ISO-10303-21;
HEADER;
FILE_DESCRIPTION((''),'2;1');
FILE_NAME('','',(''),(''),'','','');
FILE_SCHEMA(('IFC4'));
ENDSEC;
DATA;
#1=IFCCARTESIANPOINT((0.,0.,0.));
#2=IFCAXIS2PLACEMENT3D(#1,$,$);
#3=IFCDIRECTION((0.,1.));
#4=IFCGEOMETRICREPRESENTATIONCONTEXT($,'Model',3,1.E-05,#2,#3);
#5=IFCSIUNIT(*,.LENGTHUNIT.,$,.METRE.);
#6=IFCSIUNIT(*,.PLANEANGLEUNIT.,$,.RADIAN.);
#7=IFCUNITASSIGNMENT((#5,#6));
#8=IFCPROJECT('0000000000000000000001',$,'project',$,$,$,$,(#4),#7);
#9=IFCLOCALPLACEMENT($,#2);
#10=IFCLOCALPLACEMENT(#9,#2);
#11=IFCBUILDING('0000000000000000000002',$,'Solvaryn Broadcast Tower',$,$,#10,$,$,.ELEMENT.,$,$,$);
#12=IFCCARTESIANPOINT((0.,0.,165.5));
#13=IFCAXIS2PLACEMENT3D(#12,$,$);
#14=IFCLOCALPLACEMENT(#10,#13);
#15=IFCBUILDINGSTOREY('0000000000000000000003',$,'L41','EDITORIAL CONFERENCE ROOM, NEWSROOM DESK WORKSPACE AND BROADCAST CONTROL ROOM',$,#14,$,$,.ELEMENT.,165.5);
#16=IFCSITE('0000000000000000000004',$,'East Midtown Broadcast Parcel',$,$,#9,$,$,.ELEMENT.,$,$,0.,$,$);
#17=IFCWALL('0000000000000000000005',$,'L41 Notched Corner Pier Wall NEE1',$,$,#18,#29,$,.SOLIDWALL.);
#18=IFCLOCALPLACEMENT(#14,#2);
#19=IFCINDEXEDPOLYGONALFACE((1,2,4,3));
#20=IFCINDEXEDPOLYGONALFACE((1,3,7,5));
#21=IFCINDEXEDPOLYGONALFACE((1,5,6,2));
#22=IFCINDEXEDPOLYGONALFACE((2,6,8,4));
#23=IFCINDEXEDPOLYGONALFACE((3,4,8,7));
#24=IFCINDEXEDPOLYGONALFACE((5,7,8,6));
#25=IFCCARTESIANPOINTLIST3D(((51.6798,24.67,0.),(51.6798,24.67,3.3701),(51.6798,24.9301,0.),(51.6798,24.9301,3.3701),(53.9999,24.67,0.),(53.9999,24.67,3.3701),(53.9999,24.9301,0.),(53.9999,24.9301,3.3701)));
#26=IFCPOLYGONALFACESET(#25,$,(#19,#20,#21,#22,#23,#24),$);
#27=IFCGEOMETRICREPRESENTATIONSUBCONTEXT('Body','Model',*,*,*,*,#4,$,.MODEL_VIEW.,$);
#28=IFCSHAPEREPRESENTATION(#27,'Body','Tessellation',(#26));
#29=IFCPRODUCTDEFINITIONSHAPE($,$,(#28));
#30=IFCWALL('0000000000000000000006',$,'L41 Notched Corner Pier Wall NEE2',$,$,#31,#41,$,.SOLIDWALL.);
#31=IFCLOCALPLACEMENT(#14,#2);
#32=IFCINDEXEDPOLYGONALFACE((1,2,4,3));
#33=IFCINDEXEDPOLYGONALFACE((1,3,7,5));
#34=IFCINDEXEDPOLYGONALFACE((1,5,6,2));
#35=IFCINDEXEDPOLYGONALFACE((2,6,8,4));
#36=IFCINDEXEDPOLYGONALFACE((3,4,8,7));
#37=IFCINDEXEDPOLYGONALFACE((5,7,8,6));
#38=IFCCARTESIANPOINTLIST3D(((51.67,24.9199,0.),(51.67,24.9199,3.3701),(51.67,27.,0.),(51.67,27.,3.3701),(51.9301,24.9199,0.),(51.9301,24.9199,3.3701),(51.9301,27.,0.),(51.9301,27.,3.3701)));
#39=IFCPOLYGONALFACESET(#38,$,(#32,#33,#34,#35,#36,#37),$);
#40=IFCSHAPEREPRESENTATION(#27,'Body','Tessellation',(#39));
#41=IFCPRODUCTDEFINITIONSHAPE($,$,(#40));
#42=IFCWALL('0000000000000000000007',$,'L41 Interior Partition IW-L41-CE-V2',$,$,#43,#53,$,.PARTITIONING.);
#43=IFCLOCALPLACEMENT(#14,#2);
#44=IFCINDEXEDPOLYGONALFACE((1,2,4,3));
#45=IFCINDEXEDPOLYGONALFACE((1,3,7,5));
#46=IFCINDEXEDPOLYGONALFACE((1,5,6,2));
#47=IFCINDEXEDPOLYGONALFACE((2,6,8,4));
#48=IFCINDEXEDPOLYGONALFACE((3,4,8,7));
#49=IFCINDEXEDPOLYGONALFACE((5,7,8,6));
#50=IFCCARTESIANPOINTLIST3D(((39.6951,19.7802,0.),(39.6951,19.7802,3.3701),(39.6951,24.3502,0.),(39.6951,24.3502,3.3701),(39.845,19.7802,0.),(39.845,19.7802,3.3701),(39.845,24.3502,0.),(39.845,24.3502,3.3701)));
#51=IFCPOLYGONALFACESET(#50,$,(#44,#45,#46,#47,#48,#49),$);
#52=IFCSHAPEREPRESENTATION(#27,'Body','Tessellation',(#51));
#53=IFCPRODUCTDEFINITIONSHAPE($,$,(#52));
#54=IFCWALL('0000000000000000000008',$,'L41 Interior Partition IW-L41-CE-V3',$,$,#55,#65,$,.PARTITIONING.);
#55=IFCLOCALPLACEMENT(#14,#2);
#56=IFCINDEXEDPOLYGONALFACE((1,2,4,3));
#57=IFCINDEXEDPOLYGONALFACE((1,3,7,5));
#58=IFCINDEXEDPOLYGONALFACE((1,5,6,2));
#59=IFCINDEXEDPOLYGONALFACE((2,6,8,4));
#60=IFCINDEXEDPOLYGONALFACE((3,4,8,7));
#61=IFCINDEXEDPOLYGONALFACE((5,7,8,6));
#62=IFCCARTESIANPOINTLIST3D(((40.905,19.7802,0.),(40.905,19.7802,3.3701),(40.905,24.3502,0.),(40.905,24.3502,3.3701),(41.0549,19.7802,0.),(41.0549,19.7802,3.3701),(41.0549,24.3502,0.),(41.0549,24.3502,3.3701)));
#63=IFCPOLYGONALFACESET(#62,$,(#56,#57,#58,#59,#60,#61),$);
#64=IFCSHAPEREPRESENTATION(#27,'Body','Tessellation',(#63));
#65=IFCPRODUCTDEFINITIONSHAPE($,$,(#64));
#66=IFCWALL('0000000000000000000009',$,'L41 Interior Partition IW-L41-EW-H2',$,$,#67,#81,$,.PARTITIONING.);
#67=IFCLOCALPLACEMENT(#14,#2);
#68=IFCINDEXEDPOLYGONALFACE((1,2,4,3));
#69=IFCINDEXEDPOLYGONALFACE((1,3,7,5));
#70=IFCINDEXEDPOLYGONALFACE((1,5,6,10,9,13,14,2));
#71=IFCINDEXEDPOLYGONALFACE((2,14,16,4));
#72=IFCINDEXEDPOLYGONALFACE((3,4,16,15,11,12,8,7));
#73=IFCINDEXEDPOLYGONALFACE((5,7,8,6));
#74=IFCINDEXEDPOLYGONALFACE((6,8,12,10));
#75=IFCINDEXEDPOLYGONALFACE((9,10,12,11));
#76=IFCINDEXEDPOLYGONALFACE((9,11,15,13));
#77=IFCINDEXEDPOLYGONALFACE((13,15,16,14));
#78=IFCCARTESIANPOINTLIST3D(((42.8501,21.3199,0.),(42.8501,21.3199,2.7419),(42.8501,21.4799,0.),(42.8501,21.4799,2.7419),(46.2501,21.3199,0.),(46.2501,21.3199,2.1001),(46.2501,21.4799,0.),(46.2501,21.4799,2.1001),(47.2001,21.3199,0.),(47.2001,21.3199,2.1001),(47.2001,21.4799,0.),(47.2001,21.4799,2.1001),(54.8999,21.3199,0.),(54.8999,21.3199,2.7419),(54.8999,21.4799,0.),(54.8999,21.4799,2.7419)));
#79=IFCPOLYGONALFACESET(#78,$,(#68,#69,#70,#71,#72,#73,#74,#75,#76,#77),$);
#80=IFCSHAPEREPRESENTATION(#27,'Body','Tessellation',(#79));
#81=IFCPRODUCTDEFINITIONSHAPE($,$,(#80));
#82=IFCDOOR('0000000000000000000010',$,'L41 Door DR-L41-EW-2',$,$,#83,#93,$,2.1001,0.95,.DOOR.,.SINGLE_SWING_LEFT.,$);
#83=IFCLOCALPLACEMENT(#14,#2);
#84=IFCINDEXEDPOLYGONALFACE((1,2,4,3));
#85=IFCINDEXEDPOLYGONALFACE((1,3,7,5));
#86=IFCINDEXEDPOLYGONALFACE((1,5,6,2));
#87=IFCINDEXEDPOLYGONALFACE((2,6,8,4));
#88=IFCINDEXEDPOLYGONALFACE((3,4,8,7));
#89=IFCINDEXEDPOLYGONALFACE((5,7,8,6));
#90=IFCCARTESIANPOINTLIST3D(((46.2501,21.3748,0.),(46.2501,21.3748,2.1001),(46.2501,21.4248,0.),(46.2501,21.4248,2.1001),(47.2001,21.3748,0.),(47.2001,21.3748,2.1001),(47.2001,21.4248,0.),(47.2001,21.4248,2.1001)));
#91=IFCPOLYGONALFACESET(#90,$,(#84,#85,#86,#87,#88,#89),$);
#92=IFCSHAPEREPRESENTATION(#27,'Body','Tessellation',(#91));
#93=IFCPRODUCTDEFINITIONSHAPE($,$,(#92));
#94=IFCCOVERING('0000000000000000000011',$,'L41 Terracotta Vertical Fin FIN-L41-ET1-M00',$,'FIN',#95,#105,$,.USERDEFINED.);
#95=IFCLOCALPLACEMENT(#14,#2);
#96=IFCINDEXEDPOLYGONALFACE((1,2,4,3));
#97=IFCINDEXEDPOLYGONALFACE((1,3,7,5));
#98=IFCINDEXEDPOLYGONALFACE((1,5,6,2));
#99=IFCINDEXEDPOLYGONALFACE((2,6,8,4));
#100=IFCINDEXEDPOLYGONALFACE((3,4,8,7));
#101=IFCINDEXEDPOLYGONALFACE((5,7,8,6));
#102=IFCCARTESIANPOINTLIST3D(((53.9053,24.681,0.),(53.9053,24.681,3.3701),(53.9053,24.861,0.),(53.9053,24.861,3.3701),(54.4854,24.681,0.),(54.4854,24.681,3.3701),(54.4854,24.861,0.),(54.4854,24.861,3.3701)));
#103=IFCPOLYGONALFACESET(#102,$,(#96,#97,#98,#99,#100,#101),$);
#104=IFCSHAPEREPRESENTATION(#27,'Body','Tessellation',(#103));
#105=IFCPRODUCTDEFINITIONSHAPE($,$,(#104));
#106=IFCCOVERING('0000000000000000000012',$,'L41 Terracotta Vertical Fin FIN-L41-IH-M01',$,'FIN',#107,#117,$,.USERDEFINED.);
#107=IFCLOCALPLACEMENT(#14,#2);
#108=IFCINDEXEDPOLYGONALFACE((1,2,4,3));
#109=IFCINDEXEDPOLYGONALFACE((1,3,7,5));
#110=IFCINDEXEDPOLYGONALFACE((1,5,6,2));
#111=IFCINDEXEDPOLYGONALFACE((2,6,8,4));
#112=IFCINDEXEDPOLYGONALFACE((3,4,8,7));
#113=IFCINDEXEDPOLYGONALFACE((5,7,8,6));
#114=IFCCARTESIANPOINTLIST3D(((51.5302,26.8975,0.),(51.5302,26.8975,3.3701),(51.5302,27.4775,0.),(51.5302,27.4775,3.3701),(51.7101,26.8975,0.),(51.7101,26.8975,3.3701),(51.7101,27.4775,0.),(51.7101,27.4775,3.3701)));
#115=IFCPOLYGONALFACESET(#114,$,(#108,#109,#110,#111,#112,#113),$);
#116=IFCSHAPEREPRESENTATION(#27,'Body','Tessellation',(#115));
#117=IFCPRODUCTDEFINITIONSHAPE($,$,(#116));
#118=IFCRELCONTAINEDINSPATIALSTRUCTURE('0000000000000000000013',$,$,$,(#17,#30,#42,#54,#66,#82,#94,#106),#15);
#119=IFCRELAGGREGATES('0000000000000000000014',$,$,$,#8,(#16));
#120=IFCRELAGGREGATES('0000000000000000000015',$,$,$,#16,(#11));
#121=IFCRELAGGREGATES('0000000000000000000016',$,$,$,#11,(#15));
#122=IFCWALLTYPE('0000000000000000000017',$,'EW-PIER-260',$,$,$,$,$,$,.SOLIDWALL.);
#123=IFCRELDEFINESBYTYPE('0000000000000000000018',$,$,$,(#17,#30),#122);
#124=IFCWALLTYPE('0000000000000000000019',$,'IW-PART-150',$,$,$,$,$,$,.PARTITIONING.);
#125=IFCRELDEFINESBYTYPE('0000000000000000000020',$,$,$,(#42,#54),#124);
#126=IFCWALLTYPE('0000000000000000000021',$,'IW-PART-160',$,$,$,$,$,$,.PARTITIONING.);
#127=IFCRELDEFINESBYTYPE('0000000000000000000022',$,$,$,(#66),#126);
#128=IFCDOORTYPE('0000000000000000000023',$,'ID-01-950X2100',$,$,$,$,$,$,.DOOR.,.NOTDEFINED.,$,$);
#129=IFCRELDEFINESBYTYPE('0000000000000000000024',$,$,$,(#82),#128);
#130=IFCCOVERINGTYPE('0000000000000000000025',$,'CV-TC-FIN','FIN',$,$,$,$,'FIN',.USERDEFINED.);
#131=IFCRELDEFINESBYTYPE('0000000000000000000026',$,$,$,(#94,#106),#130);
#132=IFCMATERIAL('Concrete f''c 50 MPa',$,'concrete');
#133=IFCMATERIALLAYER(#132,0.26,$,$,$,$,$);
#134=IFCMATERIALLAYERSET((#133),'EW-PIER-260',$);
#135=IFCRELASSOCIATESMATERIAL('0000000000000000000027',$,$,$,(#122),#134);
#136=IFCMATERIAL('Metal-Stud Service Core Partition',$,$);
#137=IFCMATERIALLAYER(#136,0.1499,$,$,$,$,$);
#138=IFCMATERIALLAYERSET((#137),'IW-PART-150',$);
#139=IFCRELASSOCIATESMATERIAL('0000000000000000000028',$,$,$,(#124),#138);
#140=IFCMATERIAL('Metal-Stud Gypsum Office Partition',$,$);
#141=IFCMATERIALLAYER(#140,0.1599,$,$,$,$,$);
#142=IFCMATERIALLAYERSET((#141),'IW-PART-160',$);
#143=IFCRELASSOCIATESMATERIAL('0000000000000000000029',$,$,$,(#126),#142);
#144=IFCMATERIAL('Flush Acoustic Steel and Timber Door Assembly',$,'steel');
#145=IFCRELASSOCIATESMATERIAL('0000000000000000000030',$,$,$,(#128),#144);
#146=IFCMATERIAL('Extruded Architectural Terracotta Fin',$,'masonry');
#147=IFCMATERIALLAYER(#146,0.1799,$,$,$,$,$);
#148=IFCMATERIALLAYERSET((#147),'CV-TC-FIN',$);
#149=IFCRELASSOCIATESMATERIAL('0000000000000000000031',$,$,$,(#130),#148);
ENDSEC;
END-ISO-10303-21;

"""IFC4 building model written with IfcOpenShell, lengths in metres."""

from ifc_helpers import new_model, si_unit, direction, frame, frame_2d, origin, origin_2d, place, context, subcontext, project, spatial, rectangle, extrude, material, layer, layer_set, type_object, element, fill, save


model = new_model("IFC4")

# Units and contexts
model_context = context("Model", 3, precision=1e-05, world=origin(), true_north=direction((0.0, 1.0)))
body_context = subcontext(model_context, "Body", "Model", "MODEL_VIEW")
ifc_project = project(units=[si_unit("LENGTHUNIT", "METRE"), si_unit("PLANEANGLEUNIT", "RADIAN")], contexts=[model_context])

# Site, building, storey
site_placement = place(None, origin())
site = spatial("IfcSite", under=ifc_project, at=site_placement, Name="East Midtown Broadcast Parcel", CompositionType="ELEMENT", RefElevation=0.0)
building_placement = place(site_placement, origin())
building = spatial("IfcBuilding", under=site, at=building_placement, Name="Solvaryn Broadcast Tower", CompositionType="ELEMENT")
storey_placement = place(building_placement, frame((0.0, 0.0, 165.5)))
storey = spatial("IfcBuildingStorey", under=building, at=storey_placement, Name="L41", Description="EDITORIAL CONFERENCE ROOM, NEWSROOM DESK WORKSPACE AND BROADCAST CONTROL ROOM", CompositionType="ELEMENT", Elevation=165.5)

# Walls
ifc_material_1 = material(Name="Concrete f'c 50 MPa", Category="concrete")
ifc_layer_1 = layer(ifc_material_1, 0.26)
ifc_layer_set_1 = layer_set([ifc_layer_1], Name="EW-PIER-260")
wall_type_1 = type_object("IfcWallType", Name="EW-PIER-260", PredefinedType="SOLIDWALL", material=ifc_layer_set_1)
wall_1_placement = place(storey_placement, frame((54.0, 24.8, 0.0), z_axis=(0.0, 0.0, 1.0), x_axis=(-1.0, 0.0, 0.0)))
element("IfcWall", 1, at=wall_1_placement, inside=storey, type_object=wall_type_1, Name="L41 Notched Corner Pier Wall NEE1", PredefinedType="SOLIDWALL", context=body_context, shape_type="SweptSolid", body=[
    extrude(rectangle(XDim=2.3201, YDim=0.26, at=frame_2d((1.1602, 0.0))), origin(), (0.0, 0.0, 1.0), 3.3701),
])
wall_2_placement = place(storey_placement, frame((51.8, 24.9199, 0.0), z_axis=(0.0, 0.0, 1.0), x_axis=(0.0, 1.0, 0.0)))
element("IfcWall", 2, at=wall_2_placement, inside=storey, type_object=wall_type_1, Name="L41 Notched Corner Pier Wall NEE2", PredefinedType="SOLIDWALL", context=body_context, shape_type="SweptSolid", body=[
    extrude(rectangle(XDim=2.0801, YDim=0.26, at=frame_2d((1.04, 0.0))), origin(), (0.0, 0.0, 1.0), 3.3701),
])
ifc_material_2 = material(Name="Metal-Stud Service Core Partition")
ifc_layer_2 = layer(ifc_material_2, 0.1499)
ifc_layer_set_2 = layer_set([ifc_layer_2], Name="IW-PART-150")
wall_type_2 = type_object("IfcWallType", Name="IW-PART-150", PredefinedType="PARTITIONING", material=ifc_layer_set_2)
for number, where, z_axis, x_axis, name in (
    (3, (39.77, 19.78, 0.0), (0.0, 0.0, 1.0), (0.0, 1.0, 0.0), "L41 Interior Partition IW-L41-CE-V2"),
    (4, (40.98, 19.78, 0.0), (0.0, 0.0, 1.0), (0.0, 1.0, 0.0), "L41 Interior Partition IW-L41-CE-V3"),
):
    element("IfcWall", number, at=place(storey_placement, frame(where, z_axis=z_axis, x_axis=x_axis)), inside=storey, type_object=wall_type_2, Name=name, PredefinedType="PARTITIONING", context=body_context, shape_type="SweptSolid", body=[
        extrude(rectangle(XDim=4.5701, YDim=0.1499, at=frame_2d((2.2852, 0.0))), origin(), (0.0, 0.0, 1.0), 3.3701),
    ])

# Wall, opening, door
ifc_material_3 = material(Name="Metal-Stud Gypsum Office Partition")
ifc_layer_3 = layer(ifc_material_3, 0.1599)
ifc_layer_set_3 = layer_set([ifc_layer_3], Name="IW-PART-160")
wall_type_3 = type_object("IfcWallType", Name="IW-PART-160", PredefinedType="PARTITIONING", material=ifc_layer_set_3)
wall_3_placement = place(storey_placement, frame((42.8501, 21.3999, 0.0), z_axis=(0.0, 0.0, 1.0), x_axis=(1.0, 0.0, 0.0)))
wall_3 = element("IfcWall", 5, at=wall_3_placement, inside=storey, type_object=wall_type_3, Name="L41 Interior Partition IW-L41-EW-H2", PredefinedType="PARTITIONING", context=body_context, shape_type="SweptSolid", body=[
    extrude(rectangle(XDim=12.0498, YDim=0.1599, at=frame_2d((6.0249, 0.0))), origin(), (0.0, 0.0, 1.0), 2.7419),
])
opening_1_placement = place(wall_3_placement, frame((3.3999, 0.0, 0.0)))
opening_1 = element("IfcOpeningElement", 6, at=opening_1_placement, cuts=wall_3, PredefinedType="OPENING", context=body_context, shape_type="SweptSolid", body=[
    extrude(rectangle(XDim=0.95, YDim=2.1001, at=frame_2d((0.4751, 1.05))), frame((0.0, 0.0901, 0.0), z_axis=(0.0, -1.0, 0.0), x_axis=(1.0, 0.0, 0.0)), (0.0, 0.0, 1.0), 0.1799),
])
ifc_material_4 = material(Name="Flush Acoustic Steel and Timber Door Assembly", Category="steel")
door_type_1 = type_object("IfcDoorType", Name="ID-01-950X2100", OperationType="NOTDEFINED", PredefinedType="DOOR", material=ifc_material_4)
door_1_placement = place(opening_1_placement, origin())
door_1 = element("IfcDoor", 7, at=door_1_placement, inside=storey, type_object=door_type_1, Name="L41 Door DR-L41-EW-2", OperationType="SINGLE_SWING_LEFT", OverallHeight=2.1001, OverallWidth=0.95, PredefinedType="DOOR", context=body_context, shape_type="SweptSolid", body=[
    extrude(rectangle(XDim=0.95, YDim=2.1001, at=frame_2d((0.4751, 1.05))), frame((0.0, 0.0249, 0.0), z_axis=(0.0, -1.0, 0.0), x_axis=(1.0, 0.0, 0.0)), (0.0, 0.0, 1.0), 0.05),
])
fill(opening_1, door_1)

# Coverings
ifc_material_5 = material(Name="Extruded Architectural Terracotta Fin", Category="masonry")
ifc_layer_4 = layer(ifc_material_5, 0.1799)
ifc_layer_set_4 = layer_set([ifc_layer_4], Name="CV-TC-FIN")
covering_type = type_object("IfcCoveringType", Name="CV-TC-FIN", Description="FIN", ElementType="FIN", PredefinedType="USERDEFINED", material=ifc_layer_set_4)
covering_1_placement = place(storey_placement, frame((54.1953, 24.771, 0.0), z_axis=(0.0, 0.0, 1.0), x_axis=(1.0, 0.0, 0.0)))
element("IfcCovering", 8, at=covering_1_placement, inside=storey, type_object=covering_type, Name="L41 Terracotta Vertical Fin FIN-L41-ET1-M00", ObjectType="FIN", PredefinedType="USERDEFINED", context=body_context, shape_type="SweptSolid", body=[
    extrude(rectangle(XDim=0.5801, YDim=0.1799, at=origin_2d()), origin(), (0.0, 0.0, 1.0), 3.3701),
])
covering_2_placement = place(storey_placement, frame((51.6201, 27.1875, 0.0), z_axis=(0.0, 0.0, 1.0), x_axis=(1.0, 0.0, 0.0)))
element("IfcCovering", 9, at=covering_2_placement, inside=storey, type_object=covering_type, Name="L41 Terracotta Vertical Fin FIN-L41-IH-M01", ObjectType="FIN", PredefinedType="USERDEFINED", context=body_context, shape_type="SweptSolid", body=[
    extrude(rectangle(XDim=0.1799, YDim=0.5801, at=origin_2d()), origin(), (0.0, 0.0, 1.0), 3.3701),
])

save(model, "model.ifc")
